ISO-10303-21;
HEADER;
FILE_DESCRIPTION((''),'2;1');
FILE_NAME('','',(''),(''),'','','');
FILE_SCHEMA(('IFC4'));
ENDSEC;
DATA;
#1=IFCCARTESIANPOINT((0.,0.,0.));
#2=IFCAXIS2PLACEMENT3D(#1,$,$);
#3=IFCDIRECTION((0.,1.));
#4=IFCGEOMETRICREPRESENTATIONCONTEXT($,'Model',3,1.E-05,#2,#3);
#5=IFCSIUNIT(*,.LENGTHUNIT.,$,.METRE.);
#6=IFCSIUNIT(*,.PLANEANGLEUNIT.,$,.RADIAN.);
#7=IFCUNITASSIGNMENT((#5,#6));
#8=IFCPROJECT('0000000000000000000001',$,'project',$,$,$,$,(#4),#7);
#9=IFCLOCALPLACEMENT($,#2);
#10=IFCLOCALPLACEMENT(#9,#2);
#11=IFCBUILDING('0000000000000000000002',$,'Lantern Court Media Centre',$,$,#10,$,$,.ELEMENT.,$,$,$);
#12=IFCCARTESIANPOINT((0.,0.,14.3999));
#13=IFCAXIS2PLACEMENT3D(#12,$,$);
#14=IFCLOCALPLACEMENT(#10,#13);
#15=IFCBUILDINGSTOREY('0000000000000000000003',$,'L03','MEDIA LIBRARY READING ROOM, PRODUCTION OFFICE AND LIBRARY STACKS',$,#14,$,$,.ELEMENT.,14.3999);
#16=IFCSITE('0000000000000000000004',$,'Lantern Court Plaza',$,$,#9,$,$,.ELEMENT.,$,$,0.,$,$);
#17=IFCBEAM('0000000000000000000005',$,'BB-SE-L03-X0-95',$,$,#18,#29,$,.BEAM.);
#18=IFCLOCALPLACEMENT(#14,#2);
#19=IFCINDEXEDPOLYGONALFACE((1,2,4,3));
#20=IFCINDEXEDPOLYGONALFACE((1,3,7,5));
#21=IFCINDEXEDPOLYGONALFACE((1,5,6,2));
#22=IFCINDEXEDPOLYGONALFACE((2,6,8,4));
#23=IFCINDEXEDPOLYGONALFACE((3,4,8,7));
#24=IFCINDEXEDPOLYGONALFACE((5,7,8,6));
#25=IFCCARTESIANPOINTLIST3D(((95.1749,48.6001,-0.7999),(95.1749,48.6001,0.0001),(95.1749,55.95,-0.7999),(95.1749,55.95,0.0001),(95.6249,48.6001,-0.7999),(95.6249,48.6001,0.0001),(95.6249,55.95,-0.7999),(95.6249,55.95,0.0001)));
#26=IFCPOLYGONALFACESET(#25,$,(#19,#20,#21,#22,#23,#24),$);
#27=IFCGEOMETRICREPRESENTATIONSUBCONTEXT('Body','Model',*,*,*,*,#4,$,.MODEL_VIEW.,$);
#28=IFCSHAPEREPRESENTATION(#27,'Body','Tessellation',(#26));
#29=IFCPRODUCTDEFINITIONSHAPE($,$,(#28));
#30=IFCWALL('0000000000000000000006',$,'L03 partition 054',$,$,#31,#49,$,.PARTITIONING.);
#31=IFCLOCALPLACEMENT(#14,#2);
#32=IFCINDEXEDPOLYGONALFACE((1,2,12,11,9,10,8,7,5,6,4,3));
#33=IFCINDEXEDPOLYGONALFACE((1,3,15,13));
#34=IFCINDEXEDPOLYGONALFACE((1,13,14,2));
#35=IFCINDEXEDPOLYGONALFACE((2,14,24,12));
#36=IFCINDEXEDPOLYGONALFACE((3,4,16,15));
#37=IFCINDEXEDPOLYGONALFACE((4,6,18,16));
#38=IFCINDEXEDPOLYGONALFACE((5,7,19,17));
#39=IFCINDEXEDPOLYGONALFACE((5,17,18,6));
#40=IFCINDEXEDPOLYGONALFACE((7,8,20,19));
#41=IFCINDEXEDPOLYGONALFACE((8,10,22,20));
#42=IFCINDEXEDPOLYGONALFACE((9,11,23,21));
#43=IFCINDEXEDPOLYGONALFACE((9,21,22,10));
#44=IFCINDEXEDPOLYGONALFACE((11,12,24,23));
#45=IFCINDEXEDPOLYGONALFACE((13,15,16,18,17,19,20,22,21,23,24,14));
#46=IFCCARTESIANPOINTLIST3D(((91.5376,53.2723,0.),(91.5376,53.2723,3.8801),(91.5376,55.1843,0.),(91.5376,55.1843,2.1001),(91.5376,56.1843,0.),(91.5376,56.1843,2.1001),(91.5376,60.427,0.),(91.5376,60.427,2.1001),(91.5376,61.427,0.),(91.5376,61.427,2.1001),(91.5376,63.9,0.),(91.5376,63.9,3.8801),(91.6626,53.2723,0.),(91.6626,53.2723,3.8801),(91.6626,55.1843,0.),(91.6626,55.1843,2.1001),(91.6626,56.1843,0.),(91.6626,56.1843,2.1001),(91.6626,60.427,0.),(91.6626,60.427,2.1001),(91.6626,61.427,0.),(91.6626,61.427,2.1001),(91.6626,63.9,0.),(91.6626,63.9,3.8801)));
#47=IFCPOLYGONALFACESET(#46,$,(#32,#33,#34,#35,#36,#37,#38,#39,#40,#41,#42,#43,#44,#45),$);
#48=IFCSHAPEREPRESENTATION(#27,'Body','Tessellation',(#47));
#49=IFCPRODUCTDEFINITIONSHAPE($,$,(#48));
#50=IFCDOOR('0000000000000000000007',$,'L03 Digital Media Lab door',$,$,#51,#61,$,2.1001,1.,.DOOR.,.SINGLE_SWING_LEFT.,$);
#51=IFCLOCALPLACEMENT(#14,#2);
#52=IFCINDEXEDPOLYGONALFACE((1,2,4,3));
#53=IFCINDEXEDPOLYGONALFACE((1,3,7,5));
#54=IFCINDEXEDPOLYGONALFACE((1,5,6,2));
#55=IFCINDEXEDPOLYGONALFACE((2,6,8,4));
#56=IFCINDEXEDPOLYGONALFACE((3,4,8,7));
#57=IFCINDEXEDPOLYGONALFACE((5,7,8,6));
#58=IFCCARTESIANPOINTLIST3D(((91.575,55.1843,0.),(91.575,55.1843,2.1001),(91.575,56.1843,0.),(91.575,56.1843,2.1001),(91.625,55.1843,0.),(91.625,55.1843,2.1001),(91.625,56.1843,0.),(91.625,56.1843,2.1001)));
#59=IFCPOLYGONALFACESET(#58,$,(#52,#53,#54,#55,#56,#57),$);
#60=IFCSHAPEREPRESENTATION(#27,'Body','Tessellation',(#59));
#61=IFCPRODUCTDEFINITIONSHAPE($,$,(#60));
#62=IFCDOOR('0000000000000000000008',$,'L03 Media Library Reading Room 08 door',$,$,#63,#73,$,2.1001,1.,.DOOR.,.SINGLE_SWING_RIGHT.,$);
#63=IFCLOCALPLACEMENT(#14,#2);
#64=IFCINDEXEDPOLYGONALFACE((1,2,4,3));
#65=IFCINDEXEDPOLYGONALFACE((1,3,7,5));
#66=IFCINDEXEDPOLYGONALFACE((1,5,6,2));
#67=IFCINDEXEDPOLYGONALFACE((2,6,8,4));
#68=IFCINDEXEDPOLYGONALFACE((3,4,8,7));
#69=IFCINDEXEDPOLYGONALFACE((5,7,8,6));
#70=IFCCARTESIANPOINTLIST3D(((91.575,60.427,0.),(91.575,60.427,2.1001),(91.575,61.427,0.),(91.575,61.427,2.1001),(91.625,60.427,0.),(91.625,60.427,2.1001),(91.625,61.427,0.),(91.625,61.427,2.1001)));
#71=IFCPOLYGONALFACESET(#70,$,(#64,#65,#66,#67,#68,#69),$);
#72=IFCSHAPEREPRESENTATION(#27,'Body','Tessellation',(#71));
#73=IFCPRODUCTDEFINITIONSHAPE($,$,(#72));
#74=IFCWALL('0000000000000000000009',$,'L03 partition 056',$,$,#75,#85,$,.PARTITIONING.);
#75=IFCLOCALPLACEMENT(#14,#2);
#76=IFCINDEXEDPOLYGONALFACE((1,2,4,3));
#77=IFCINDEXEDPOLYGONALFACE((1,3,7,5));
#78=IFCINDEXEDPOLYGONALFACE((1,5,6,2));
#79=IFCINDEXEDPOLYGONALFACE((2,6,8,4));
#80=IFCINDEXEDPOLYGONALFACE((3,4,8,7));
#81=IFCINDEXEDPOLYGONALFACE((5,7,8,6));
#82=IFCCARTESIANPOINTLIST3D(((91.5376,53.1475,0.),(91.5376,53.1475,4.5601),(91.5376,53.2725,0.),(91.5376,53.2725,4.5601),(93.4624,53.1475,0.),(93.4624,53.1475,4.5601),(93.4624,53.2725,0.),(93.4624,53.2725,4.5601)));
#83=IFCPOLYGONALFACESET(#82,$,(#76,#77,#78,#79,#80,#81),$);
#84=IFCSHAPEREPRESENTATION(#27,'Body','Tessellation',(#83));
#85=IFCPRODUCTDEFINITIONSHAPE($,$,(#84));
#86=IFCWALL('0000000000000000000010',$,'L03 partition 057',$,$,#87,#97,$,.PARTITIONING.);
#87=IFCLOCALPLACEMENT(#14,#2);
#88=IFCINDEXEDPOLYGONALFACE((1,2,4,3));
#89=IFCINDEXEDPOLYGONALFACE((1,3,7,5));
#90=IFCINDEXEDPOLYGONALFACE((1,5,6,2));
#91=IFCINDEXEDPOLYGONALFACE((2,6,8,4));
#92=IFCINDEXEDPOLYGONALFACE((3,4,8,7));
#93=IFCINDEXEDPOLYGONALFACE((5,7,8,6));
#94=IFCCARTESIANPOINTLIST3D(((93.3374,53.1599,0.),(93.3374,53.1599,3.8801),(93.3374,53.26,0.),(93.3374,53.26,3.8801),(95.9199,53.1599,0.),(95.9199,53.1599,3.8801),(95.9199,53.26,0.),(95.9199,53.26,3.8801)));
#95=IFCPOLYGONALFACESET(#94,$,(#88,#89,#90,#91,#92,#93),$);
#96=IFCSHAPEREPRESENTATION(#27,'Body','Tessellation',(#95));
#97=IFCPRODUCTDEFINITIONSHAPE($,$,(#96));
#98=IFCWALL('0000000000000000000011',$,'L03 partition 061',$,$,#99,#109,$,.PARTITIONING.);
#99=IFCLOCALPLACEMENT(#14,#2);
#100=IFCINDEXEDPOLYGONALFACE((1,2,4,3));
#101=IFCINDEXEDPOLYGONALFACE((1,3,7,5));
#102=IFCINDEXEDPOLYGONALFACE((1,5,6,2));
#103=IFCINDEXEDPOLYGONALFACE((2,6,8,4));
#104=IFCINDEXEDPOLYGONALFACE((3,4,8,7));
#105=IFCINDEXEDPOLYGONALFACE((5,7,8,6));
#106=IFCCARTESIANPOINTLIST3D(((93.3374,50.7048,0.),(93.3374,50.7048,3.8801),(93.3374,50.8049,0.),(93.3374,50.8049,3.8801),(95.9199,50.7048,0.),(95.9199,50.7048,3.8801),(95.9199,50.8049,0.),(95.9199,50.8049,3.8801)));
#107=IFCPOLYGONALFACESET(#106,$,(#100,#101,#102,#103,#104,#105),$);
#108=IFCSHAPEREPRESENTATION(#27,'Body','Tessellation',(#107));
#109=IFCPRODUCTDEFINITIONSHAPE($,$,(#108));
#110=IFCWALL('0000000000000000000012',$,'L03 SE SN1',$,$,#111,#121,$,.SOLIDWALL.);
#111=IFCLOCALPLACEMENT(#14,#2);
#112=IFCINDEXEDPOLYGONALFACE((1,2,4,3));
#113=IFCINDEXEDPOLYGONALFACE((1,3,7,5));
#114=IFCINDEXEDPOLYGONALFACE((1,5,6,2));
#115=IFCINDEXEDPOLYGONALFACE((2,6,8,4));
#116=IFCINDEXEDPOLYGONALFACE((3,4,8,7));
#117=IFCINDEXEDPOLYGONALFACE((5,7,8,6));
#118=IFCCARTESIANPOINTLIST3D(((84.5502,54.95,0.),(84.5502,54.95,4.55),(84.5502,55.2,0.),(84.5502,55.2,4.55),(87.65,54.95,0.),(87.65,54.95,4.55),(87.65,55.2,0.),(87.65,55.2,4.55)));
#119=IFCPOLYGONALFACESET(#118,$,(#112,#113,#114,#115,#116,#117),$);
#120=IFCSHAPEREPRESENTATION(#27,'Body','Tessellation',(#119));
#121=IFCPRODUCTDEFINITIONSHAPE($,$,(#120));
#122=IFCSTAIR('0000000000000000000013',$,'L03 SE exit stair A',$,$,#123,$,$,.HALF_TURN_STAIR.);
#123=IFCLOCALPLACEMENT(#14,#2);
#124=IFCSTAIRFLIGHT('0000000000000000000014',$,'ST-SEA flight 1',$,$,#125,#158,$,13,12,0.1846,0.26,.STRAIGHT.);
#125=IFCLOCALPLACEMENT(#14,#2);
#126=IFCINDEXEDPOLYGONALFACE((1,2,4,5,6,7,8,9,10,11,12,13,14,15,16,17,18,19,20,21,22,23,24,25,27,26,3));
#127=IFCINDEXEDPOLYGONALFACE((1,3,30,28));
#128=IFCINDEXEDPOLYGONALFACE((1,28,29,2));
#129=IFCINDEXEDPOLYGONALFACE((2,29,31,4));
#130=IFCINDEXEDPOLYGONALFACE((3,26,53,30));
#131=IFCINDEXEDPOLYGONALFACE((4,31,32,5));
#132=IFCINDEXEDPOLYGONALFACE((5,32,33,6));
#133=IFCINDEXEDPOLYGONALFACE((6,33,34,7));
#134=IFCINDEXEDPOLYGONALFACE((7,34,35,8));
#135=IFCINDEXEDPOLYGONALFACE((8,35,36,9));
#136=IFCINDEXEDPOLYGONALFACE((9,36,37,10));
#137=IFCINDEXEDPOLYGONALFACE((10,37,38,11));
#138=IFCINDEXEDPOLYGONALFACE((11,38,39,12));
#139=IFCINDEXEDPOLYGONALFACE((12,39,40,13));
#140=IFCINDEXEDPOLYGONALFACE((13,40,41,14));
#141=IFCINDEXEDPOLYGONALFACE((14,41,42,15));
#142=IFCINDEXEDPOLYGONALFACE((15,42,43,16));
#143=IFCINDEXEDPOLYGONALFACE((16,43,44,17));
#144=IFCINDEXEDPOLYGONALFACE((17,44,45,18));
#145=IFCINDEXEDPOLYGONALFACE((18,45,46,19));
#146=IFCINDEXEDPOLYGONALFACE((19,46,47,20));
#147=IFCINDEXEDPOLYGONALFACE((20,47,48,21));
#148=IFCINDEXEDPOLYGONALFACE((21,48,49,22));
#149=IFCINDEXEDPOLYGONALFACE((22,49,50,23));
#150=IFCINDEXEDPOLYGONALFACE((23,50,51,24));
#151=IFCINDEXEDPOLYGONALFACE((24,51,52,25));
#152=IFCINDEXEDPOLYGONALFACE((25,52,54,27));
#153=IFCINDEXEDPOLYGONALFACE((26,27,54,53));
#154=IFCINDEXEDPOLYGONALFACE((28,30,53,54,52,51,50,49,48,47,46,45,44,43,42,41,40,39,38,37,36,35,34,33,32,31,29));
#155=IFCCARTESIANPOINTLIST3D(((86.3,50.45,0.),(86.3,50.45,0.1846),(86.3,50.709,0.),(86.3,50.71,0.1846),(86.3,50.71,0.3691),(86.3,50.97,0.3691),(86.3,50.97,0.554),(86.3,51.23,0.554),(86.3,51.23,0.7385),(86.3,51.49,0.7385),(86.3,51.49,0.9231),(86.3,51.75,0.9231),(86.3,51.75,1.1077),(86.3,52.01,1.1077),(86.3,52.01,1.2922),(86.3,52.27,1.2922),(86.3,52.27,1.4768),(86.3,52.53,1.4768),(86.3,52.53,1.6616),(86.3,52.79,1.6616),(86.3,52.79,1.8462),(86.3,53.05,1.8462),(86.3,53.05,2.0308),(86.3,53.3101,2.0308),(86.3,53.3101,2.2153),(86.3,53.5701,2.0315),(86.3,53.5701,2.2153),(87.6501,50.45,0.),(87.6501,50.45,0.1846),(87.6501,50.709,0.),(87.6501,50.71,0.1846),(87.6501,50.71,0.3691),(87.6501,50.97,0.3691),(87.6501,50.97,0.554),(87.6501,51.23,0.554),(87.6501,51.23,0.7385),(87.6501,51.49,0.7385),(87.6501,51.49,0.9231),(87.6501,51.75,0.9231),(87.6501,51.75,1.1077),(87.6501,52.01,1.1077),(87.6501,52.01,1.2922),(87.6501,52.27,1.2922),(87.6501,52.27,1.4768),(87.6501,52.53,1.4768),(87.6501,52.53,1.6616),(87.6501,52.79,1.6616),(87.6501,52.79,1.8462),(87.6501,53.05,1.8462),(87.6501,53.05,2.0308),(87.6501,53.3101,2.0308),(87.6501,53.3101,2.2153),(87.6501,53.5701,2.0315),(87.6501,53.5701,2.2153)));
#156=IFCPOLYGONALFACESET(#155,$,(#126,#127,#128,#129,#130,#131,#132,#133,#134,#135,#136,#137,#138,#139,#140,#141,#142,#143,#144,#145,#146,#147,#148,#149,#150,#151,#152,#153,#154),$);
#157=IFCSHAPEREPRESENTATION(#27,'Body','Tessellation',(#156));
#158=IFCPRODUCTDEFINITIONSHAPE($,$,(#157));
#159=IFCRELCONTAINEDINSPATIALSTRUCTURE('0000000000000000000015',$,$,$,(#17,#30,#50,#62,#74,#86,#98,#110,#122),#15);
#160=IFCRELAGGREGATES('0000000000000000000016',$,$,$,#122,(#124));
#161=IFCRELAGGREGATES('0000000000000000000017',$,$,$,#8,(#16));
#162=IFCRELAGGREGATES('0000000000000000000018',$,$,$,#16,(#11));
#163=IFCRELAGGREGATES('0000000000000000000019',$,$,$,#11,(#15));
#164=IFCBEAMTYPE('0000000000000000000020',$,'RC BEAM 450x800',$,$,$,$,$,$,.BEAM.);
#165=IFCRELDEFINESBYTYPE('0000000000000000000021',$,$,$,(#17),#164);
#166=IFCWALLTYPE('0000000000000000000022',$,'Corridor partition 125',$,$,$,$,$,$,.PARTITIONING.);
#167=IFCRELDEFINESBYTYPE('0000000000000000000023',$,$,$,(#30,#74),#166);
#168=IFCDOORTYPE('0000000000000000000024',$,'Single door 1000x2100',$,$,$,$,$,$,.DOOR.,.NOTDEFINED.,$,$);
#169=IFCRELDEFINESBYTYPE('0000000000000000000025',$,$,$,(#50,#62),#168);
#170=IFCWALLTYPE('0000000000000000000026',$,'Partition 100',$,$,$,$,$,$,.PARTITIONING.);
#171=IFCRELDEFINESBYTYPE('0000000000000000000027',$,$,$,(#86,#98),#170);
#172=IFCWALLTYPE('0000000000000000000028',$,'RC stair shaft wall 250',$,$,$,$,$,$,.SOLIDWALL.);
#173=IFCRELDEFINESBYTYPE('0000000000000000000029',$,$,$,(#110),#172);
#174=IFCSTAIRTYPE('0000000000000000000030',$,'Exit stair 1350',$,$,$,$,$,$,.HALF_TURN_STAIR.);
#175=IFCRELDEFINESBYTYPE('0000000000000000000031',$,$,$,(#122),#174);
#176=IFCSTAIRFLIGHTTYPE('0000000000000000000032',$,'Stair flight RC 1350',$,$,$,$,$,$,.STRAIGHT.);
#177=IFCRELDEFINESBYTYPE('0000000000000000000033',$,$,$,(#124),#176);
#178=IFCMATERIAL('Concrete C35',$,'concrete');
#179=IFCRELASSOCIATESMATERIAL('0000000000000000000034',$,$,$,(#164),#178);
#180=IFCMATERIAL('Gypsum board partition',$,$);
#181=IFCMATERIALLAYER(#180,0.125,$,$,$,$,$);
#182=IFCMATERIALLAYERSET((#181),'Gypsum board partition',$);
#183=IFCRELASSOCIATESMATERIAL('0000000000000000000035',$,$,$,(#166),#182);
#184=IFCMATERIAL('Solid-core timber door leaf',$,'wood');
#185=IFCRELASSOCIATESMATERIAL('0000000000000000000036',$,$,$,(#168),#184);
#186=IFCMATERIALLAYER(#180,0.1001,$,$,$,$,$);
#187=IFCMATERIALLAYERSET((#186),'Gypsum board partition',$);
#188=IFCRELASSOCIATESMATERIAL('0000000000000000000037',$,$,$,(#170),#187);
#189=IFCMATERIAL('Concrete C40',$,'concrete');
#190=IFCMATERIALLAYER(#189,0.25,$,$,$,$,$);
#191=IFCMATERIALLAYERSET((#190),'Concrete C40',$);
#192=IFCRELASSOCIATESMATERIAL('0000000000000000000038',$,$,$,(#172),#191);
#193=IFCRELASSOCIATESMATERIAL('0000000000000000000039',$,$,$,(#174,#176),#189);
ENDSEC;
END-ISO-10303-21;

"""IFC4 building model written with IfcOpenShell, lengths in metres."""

from ifc_helpers import new_model, si_unit, direction, frame, frame_2d, origin, origin_2d, place, context, subcontext, project, spatial, polyline, rectangle, outline, extrude, material, layer, layer_set, material_profile, profile_set, type_object, element, fill, aggregate, save


model = new_model("IFC4")

# Units and contexts
model_context = context("Model", 3, precision=1e-05, world=origin(), true_north=direction((0.0, 1.0)))
body_context = subcontext(model_context, "Body", "Model", "MODEL_VIEW")
ifc_project = project(units=[si_unit("LENGTHUNIT", "METRE"), si_unit("PLANEANGLEUNIT", "RADIAN")], contexts=[model_context])

# Site, building, storey
site_placement = place(None, origin())
site = spatial("IfcSite", under=ifc_project, at=site_placement, Name="Lantern Court Plaza", CompositionType="ELEMENT", RefElevation=0.0)
building_placement = place(site_placement, origin())
building = spatial("IfcBuilding", under=site, at=building_placement, Name="Lantern Court Media Centre", CompositionType="ELEMENT")
storey_placement = place(building_placement, frame((0.0, 0.0, 14.3999)))
storey = spatial("IfcBuildingStorey", under=building, at=storey_placement, Name="L03", Description="MEDIA LIBRARY READING ROOM, PRODUCTION OFFICE AND LIBRARY STACKS", CompositionType="ELEMENT", Elevation=14.3999)

# Beam
ifc_material_1 = material(Name="Concrete C35", Category="concrete")
ifc_material_profile = material_profile(ifc_material_1, rectangle(XDim=0.45, YDim=0.8, at=origin_2d()), Name="RC 450x800")
ifc_profile_set = profile_set([ifc_material_profile], Name="Concrete C35")
beam_type = type_object("IfcBeamType", Name="RC BEAM 450x800", PredefinedType="BEAM", material=ifc_profile_set)
beam_placement = place(storey_placement, frame((95.3999, 48.6001, -0.3999), z_axis=(0.0, 1.0, 0.0), x_axis=(-1.0, 0.0, 0.0)))
element("IfcBeam", 1, at=beam_placement, inside=storey, type_object=beam_type, Name="BB-SE-L03-X0-95", PredefinedType="BEAM", context=body_context, shape_type="SweptSolid", body=[
    extrude(rectangle(XDim=0.45, YDim=0.8, at=origin_2d()), origin(), (0.0, 0.0, 1.0), 7.3499),
])

# Wall, openings, doors
ifc_material_2 = material(Name="Gypsum board partition")
ifc_layer_1 = layer(ifc_material_2, 0.125)
ifc_layer_set_1 = layer_set([ifc_layer_1], Name="Gypsum board partition")
wall_type_1 = type_object("IfcWallType", Name="Corridor partition 125", PredefinedType="PARTITIONING", material=ifc_layer_set_1)
wall_1_placement = place(storey_placement, frame((91.6001, 53.2722, 0.0), z_axis=(0.0, 0.0, 1.0), x_axis=(0.0, 1.0, 0.0)))
wall_1 = element("IfcWall", 2, at=wall_1_placement, inside=storey, type_object=wall_type_1, Name="L03 partition 054", PredefinedType="PARTITIONING", context=body_context, shape_type="SweptSolid", body=[
    extrude(rectangle(XDim=10.6277, YDim=0.125, at=frame_2d((5.314, 0.0))), origin(), (0.0, 0.0, 1.0), 3.8801),
])
opening_1_placement = place(wall_1_placement, frame((1.9121, 0.0, 0.0)))
opening_1 = element("IfcOpeningElement", 3, at=opening_1_placement, cuts=wall_1, PredefinedType="OPENING", context=body_context, shape_type="SweptSolid", body=[
    extrude(rectangle(XDim=1.0, YDim=2.1001, at=frame_2d((0.5, 1.05))), frame((0.0, 0.0725, 0.0), z_axis=(0.0, -1.0, 0.0), x_axis=(1.0, 0.0, 0.0)), (0.0, 0.0, 1.0), 0.145),
])
opening_2_placement = place(wall_1_placement, frame((7.1548, 0.0, 0.0)))
opening_2 = element("IfcOpeningElement", 4, at=opening_2_placement, cuts=wall_1, PredefinedType="OPENING", context=body_context, shape_type="SweptSolid", body=[
    extrude(rectangle(XDim=1.0, YDim=2.1001, at=frame_2d((0.5, 1.05))), frame((0.0, 0.0725, 0.0), z_axis=(0.0, -1.0, 0.0), x_axis=(1.0, 0.0, 0.0)), (0.0, 0.0, 1.0), 0.145),
])
ifc_material_3 = material(Name="Solid-core timber door leaf", Category="wood")
door_type = type_object("IfcDoorType", Name="Single door 1000x2100", OperationType="NOTDEFINED", PredefinedType="DOOR", material=ifc_material_3)
door_1_placement = place(opening_1_placement, frame((1.0, 0.0, 0.0), z_axis=(0.0, 0.0, 1.0), x_axis=(-1.0, 0.0, 0.0)))
door_1 = element("IfcDoor", 5, at=door_1_placement, inside=storey, type_object=door_type, Name="L03 Digital Media Lab door", OperationType="SINGLE_SWING_LEFT", OverallHeight=2.1001, OverallWidth=1.0, PredefinedType="DOOR", context=body_context, shape_type="SweptSolid", body=[
    extrude(rectangle(XDim=1.0, YDim=2.1001, at=frame_2d((0.5, 1.05))), frame((0.0, 0.0249, 0.0), z_axis=(0.0, -1.0, 0.0), x_axis=(1.0, 0.0, 0.0)), (0.0, 0.0, 1.0), 0.05),
])
fill(opening_1, door_1)
door_2_placement = place(opening_2_placement, frame((1.0, 0.0, 0.0), z_axis=(0.0, 0.0, 1.0), x_axis=(-1.0, 0.0, 0.0)))
door_2 = element("IfcDoor", 6, at=door_2_placement, inside=storey, type_object=door_type, Name="L03 Media Library Reading Room 08 door", OperationType="SINGLE_SWING_RIGHT", OverallHeight=2.1001, OverallWidth=1.0, PredefinedType="DOOR", context=body_context, shape_type="SweptSolid", body=[
    extrude(rectangle(XDim=1.0, YDim=2.1001, at=frame_2d((0.5, 1.05))), frame((0.0, 0.0249, 0.0), z_axis=(0.0, -1.0, 0.0), x_axis=(1.0, 0.0, 0.0)), (0.0, 0.0, 1.0), 0.05),
])
fill(opening_2, door_2)

# Walls
wall_2_placement = place(storey_placement, frame((91.5376, 53.21, 0.0), z_axis=(0.0, 0.0, 1.0), x_axis=(1.0, 0.0, 0.0)))
element("IfcWall", 7, at=wall_2_placement, inside=storey, type_object=wall_type_1, Name="L03 partition 056", PredefinedType="PARTITIONING", context=body_context, shape_type="SweptSolid", body=[
    extrude(rectangle(XDim=1.9248, YDim=0.125, at=frame_2d((0.9624, 0.0))), origin(), (0.0, 0.0, 1.0), 4.5601),
])
ifc_layer_2 = layer(ifc_material_2, 0.1001)
ifc_layer_set_2 = layer_set([ifc_layer_2], Name="Gypsum board partition")
wall_type_2 = type_object("IfcWallType", Name="Partition 100", PredefinedType="PARTITIONING", material=ifc_layer_set_2)
for number, where, z_axis, x_axis, name in (
    (8, (93.3374, 53.21, 0.0), (0.0, 0.0, 1.0), (1.0, 0.0, 0.0), "L03 partition 057"),
    (9, (93.3374, 50.7549, 0.0), (0.0, 0.0, 1.0), (1.0, 0.0, 0.0), "L03 partition 061"),
):
    element("IfcWall", number, at=place(storey_placement, frame(where, z_axis=z_axis, x_axis=x_axis)), inside=storey, type_object=wall_type_2, Name=name, PredefinedType="PARTITIONING", context=body_context, shape_type="SweptSolid", body=[
        extrude(rectangle(XDim=2.5825, YDim=0.1001, at=frame_2d((1.2913, 0.0))), origin(), (0.0, 0.0, 1.0), 3.8801),
    ])
ifc_material_4 = material(Name="Concrete C40", Category="concrete")
ifc_layer_3 = layer(ifc_material_4, 0.25)
ifc_layer_set_3 = layer_set([ifc_layer_3], Name="Concrete C40")
wall_type_3 = type_object("IfcWallType", Name="RC stair shaft wall 250", PredefinedType="SOLIDWALL", material=ifc_layer_set_3)
wall_3_placement = place(storey_placement, frame((87.6499, 55.075, 0.0), z_axis=(0.0, 0.0, 1.0), x_axis=(-1.0, 0.0, 0.0)))
element("IfcWall", 10, at=wall_3_placement, inside=storey, type_object=wall_type_3, Name="L03 SE SN1", PredefinedType="SOLIDWALL", context=body_context, shape_type="SweptSolid", body=[
    extrude(rectangle(XDim=3.0999, YDim=0.25, at=frame_2d((1.5498, 0.0))), origin(), (0.0, 0.0, 1.0), 4.55),
])

# Stair, stair flight
stair_type = type_object("IfcStairType", Name="Exit stair 1350", PredefinedType="HALF_TURN_STAIR", material=ifc_material_4)
stair_placement = place(storey_placement, origin())
stair = element("IfcStair", 11, at=stair_placement, inside=storey, type_object=stair_type, Name="L03 SE exit stair A", PredefinedType="HALF_TURN_STAIR")
stair_flight_type = type_object("IfcStairFlightType", Name="Stair flight RC 1350", PredefinedType="STRAIGHT", material=ifc_material_4)
stair_flight_1_placement = place(storey_placement, frame((86.9751, 50.45, 0.0), z_axis=(0.0, 0.0, 1.0), x_axis=(0.0, 1.0, 0.0)))
stair_flight_1 = element("IfcStairFlight", 12, at=stair_flight_1_placement, type_object=stair_flight_type, Name="ST-SEA flight 1", NumberOfRisers=13, NumberOfTreads=12, PredefinedType="STRAIGHT", RiserHeight=0.1846, TreadLength=0.26, context=body_context, shape_type="SweptSolid", body=[
    extrude(outline(polyline([(0.0, 0.0), (0.0, 0.1846), (0.26, 0.1846), (0.26, 0.3691), (0.52, 0.3691), (0.52, 0.554), (0.78, 0.554), (0.78, 0.7385), (1.04, 0.7385), (1.04, 0.9231), (1.3, 0.9231), (1.3, 1.1077), (1.5601, 1.1077), (1.5601, 1.2922), (1.8201, 1.2922), (1.8201, 1.4768), (2.0801, 1.4768), (2.0801, 1.6616), (2.3401, 1.6616), (2.3401, 1.8462), (2.6001, 1.8462), (2.6001, 2.0308), (2.8601, 2.0308), (2.8601, 2.2153), (3.1201, 2.2153), (3.1201, 2.3999), (3.1201, 2.0315), (0.259, 0.0), (0.0, 0.0)])), frame((0.0, 0.675, 0.0), z_axis=(0.0, -1.0, 0.0), x_axis=(1.0, 0.0, 0.0)), (0.0, 0.0, 1.0), 1.3501),
])
aggregate(stair, [stair_flight_1])

save(model, "model.ifc")
